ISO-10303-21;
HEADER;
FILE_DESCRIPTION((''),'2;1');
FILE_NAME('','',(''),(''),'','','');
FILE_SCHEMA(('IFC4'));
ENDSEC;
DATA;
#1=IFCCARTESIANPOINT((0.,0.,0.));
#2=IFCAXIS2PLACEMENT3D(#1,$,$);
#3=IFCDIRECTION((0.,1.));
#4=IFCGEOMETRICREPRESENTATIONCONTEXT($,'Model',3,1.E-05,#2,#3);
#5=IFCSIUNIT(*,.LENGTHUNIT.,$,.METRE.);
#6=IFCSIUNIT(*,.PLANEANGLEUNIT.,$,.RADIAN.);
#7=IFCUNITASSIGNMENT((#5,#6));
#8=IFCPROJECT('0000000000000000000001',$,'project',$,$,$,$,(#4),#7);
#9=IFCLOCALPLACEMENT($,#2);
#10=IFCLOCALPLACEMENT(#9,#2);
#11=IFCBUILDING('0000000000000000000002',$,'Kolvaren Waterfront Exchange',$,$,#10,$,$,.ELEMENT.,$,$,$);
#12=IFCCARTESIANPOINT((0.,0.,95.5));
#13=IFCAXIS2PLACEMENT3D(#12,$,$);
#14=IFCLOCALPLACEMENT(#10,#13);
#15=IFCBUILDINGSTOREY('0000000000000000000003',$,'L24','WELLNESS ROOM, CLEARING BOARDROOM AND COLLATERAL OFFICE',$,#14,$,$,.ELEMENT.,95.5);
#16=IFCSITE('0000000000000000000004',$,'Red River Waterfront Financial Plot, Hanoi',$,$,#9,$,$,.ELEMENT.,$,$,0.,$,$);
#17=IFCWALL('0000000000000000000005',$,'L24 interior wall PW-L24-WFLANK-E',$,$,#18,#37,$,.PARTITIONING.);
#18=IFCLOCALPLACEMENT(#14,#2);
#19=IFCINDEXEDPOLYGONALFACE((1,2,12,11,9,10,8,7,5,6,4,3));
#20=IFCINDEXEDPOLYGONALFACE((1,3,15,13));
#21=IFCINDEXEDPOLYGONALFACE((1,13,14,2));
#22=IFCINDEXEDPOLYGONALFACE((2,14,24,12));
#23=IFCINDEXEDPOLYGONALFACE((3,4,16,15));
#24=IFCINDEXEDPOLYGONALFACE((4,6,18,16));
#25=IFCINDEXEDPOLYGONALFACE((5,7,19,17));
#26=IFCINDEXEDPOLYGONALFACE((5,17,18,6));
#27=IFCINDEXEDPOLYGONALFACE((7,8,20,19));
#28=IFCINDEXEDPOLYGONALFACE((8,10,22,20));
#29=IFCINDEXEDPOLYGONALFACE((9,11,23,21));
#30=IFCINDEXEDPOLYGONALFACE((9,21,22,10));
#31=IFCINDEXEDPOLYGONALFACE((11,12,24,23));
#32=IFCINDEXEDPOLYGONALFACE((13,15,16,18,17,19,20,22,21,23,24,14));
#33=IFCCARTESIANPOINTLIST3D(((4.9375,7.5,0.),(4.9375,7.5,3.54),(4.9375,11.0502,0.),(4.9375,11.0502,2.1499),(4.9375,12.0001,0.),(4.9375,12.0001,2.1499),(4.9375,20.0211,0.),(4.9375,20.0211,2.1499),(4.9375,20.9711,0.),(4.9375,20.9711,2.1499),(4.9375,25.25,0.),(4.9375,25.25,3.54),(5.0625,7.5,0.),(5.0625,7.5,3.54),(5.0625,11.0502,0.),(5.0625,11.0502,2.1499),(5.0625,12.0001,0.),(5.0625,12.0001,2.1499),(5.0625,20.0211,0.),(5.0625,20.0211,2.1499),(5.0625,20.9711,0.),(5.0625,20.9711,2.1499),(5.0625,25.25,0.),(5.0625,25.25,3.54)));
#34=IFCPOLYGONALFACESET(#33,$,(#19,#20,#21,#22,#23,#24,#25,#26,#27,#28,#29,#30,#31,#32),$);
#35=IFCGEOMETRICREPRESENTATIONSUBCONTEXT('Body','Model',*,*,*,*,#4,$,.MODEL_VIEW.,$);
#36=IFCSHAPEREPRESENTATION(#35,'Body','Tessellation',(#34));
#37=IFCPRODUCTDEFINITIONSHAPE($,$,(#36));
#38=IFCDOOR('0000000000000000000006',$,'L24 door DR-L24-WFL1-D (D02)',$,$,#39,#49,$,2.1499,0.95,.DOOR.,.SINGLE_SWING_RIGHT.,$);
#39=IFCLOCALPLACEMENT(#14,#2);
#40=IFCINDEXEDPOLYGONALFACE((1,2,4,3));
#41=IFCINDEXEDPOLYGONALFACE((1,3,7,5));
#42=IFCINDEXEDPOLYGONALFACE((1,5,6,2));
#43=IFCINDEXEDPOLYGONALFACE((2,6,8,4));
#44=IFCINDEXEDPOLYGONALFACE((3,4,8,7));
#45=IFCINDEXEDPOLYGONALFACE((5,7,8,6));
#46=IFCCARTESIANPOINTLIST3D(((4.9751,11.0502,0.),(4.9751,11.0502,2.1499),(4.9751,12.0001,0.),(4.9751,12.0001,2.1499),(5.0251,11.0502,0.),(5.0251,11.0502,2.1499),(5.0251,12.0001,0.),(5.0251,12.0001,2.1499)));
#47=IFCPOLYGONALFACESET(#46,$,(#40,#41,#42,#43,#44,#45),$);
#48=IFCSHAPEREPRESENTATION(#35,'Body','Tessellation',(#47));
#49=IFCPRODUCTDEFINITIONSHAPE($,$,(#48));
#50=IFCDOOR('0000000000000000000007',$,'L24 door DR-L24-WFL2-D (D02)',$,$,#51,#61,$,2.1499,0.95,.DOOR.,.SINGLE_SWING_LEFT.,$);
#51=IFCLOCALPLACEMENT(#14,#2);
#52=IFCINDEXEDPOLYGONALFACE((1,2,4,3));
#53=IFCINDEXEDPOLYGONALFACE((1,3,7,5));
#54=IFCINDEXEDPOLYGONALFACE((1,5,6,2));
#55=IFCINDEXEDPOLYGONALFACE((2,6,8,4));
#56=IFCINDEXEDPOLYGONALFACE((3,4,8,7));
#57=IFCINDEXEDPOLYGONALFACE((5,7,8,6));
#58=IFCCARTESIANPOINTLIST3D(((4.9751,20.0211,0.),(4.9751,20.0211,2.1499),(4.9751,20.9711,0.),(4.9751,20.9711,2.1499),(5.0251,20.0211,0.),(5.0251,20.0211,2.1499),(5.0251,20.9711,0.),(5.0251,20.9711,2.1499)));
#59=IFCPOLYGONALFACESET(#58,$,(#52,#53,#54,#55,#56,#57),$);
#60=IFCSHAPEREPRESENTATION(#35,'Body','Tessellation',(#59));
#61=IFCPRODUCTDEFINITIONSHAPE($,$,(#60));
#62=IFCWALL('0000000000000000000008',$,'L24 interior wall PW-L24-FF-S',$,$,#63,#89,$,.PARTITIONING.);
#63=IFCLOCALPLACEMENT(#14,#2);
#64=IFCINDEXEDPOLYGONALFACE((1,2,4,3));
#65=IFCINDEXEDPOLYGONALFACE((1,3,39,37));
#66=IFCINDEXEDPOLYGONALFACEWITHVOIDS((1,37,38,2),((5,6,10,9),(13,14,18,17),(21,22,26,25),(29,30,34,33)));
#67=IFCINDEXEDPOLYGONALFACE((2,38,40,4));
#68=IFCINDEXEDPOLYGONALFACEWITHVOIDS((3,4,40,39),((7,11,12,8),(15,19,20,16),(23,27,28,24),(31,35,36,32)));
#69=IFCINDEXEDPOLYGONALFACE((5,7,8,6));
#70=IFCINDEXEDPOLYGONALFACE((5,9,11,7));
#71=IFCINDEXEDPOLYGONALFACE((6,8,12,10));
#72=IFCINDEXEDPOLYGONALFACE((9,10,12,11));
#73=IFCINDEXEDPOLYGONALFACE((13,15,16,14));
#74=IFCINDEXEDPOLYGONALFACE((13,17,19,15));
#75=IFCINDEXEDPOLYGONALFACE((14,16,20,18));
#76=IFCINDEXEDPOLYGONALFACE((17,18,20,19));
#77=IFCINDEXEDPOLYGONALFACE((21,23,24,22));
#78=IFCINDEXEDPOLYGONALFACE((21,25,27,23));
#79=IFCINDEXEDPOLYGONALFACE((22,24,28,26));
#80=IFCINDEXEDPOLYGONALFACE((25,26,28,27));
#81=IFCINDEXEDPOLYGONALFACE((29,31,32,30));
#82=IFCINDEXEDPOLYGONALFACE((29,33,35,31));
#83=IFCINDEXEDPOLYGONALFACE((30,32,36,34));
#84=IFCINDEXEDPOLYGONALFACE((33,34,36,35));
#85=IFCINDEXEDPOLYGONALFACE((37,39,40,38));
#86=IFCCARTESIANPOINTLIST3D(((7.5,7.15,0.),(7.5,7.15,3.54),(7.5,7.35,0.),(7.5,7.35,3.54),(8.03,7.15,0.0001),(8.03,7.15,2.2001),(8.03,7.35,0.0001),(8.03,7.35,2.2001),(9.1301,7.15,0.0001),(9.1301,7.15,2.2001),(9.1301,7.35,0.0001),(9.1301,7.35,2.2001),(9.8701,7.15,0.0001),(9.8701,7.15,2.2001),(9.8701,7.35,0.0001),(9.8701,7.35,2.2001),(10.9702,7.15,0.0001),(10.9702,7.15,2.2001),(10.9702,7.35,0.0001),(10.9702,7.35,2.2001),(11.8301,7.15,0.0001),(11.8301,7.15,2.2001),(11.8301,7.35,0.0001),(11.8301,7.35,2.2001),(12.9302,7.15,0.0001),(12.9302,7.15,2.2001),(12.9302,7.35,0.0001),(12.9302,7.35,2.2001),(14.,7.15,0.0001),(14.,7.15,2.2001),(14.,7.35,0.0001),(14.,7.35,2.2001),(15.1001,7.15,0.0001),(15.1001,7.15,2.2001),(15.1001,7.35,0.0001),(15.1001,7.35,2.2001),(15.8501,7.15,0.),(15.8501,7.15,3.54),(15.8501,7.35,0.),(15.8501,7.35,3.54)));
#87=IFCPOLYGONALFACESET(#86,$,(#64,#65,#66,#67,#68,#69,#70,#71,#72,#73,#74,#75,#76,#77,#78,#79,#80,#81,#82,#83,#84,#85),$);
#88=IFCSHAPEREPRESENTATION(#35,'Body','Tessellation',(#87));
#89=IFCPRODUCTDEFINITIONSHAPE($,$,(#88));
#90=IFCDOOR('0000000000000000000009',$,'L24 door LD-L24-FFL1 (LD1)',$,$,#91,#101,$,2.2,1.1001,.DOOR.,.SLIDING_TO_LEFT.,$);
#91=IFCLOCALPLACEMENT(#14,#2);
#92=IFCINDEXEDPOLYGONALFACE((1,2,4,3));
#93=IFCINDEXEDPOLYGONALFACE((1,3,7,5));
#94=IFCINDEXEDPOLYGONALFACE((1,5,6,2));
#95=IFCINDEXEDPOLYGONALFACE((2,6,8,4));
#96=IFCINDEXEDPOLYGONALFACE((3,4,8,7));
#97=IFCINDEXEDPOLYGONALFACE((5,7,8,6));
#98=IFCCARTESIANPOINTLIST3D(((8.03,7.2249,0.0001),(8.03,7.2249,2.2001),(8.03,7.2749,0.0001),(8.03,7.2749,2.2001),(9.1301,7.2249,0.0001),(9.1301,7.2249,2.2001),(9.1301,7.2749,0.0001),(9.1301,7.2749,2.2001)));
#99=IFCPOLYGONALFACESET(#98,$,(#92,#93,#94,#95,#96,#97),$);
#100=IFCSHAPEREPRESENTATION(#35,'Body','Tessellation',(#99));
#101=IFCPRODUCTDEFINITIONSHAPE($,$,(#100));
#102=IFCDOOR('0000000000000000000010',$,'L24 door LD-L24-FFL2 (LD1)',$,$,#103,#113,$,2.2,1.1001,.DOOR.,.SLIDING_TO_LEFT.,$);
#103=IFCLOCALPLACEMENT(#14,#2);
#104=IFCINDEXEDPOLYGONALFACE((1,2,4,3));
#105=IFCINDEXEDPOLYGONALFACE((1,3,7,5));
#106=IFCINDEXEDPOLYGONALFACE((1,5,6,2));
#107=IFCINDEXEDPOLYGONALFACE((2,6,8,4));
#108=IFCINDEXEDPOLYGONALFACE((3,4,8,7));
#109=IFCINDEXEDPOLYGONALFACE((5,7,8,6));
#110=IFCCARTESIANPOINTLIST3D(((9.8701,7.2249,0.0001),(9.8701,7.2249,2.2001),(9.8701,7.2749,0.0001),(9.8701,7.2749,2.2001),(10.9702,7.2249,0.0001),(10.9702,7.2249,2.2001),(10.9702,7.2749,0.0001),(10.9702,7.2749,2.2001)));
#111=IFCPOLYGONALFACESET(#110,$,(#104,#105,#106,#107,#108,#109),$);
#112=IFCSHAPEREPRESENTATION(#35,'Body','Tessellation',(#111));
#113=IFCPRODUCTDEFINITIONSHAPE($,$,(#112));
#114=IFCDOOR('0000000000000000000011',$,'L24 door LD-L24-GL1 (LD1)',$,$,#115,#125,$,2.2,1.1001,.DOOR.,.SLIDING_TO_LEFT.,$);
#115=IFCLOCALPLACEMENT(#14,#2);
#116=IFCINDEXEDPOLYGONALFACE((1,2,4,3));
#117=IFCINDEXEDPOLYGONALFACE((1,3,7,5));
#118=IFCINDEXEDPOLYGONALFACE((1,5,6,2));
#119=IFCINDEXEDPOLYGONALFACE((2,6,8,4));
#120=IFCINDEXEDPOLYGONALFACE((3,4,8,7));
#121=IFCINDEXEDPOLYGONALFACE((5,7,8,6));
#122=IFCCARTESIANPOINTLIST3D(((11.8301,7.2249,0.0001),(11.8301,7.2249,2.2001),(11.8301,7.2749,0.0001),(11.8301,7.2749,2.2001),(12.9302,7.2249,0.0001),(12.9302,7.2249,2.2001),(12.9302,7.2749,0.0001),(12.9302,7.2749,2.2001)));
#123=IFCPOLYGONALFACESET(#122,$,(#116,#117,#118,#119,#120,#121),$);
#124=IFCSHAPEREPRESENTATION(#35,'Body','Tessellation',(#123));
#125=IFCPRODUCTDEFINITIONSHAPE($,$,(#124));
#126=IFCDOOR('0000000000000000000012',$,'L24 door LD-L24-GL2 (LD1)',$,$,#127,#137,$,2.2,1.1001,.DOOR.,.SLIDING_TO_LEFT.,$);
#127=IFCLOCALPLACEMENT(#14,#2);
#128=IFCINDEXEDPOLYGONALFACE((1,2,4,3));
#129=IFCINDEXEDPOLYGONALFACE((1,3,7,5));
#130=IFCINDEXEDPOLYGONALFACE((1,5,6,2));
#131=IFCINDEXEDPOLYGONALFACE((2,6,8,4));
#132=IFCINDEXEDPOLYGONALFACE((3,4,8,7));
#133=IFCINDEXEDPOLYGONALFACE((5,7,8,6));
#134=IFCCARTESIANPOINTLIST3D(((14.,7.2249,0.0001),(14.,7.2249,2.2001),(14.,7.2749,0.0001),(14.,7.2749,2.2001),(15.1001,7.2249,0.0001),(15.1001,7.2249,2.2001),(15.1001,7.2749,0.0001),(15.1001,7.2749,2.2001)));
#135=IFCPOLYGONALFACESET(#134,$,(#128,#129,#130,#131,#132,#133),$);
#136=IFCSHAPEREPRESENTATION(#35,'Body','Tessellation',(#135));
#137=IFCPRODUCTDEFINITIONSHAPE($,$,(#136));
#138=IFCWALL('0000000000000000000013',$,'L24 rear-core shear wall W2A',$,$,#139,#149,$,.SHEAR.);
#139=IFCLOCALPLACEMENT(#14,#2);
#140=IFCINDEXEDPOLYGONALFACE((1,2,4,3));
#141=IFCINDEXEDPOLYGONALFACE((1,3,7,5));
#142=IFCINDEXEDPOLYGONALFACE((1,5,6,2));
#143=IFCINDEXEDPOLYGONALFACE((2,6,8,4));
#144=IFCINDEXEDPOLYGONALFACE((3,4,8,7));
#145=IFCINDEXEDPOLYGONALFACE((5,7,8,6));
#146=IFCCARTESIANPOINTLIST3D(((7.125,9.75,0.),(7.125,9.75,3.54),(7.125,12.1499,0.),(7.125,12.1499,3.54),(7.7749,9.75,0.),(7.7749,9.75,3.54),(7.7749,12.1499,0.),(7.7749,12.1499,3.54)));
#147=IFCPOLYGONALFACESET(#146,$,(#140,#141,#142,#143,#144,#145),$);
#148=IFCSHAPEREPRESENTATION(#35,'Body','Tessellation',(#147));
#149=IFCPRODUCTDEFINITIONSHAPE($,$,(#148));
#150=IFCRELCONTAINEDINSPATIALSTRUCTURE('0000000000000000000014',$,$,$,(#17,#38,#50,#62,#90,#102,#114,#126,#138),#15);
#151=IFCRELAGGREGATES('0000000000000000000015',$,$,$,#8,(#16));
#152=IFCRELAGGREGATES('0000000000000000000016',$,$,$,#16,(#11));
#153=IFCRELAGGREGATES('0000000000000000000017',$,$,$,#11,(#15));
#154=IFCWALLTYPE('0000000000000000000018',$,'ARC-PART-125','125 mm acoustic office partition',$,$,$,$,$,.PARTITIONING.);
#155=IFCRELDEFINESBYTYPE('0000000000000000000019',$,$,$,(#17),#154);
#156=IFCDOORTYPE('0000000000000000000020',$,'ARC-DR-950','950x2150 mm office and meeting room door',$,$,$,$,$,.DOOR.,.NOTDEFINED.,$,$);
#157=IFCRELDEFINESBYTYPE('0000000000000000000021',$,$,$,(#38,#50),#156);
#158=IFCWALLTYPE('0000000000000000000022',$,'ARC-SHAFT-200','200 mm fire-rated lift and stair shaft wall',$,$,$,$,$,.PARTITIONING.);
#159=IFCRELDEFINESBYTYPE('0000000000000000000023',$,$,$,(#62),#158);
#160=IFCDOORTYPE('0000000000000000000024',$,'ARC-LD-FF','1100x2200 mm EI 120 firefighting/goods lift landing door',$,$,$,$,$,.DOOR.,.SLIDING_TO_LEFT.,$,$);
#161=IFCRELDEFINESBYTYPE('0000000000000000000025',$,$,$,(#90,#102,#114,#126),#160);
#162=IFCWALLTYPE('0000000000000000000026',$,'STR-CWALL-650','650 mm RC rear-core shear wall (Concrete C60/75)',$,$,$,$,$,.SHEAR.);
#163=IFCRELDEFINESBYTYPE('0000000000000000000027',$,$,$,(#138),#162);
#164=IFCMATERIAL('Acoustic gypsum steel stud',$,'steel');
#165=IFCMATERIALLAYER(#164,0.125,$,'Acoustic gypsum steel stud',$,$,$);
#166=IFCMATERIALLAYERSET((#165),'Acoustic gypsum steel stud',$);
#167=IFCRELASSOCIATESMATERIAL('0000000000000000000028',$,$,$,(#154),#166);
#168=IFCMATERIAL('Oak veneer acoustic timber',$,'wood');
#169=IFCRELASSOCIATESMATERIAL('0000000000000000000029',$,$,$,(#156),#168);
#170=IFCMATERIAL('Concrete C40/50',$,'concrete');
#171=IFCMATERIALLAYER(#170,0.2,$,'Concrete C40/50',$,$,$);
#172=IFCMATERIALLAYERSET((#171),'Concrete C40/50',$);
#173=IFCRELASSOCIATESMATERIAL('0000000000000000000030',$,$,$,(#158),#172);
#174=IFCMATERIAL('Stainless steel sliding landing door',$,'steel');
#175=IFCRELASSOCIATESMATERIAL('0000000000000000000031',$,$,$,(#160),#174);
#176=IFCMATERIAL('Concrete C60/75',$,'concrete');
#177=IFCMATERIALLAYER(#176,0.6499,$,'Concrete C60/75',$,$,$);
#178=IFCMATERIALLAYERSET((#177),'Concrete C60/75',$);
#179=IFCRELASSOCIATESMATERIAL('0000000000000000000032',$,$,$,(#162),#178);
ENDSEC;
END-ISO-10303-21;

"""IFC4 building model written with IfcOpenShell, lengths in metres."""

from ifc_helpers import new_model, si_unit, direction, frame, frame_2d, origin, place, context, subcontext, project, spatial, rectangle, extrude, material, layer, layer_set, type_object, element, fill, save


model = new_model("IFC4")

# Units and contexts
model_context = context("Model", 3, precision=1e-05, world=origin(), true_north=direction((0.0, 1.0)))
body_context = subcontext(model_context, "Body", "Model", "MODEL_VIEW")
ifc_project = project(units=[si_unit("LENGTHUNIT", "METRE"), si_unit("PLANEANGLEUNIT", "RADIAN")], contexts=[model_context])

# Site, building, storey
site_placement = place(None, origin())
site = spatial("IfcSite", under=ifc_project, at=site_placement, Name="Red River Waterfront Financial Plot, Hanoi", CompositionType="ELEMENT", RefElevation=0.0)
building_placement = place(site_placement, origin())
building = spatial("IfcBuilding", under=site, at=building_placement, Name="Kolvaren Waterfront Exchange", CompositionType="ELEMENT")
storey_placement = place(building_placement, frame((0.0, 0.0, 95.5)))
storey = spatial("IfcBuildingStorey", under=building, at=storey_placement, Name="L24", Description="WELLNESS ROOM, CLEARING BOARDROOM AND COLLATERAL OFFICE", CompositionType="ELEMENT", Elevation=95.5)

# Shared definitions
ifc_material_1 = material(Name="Concrete C60/75", Category="concrete")

# Shared definitions
ifc_material_2 = material(Name="Acoustic gypsum steel stud", Category="steel")
ifc_layer_1 = layer(ifc_material_2, 0.125, Name="Acoustic gypsum steel stud")
ifc_layer_set_1 = layer_set([ifc_layer_1], Name="Acoustic gypsum steel stud")
wall_type_1 = type_object("IfcWallType", Name="ARC-PART-125", Description="125 mm acoustic office partition", PredefinedType="PARTITIONING", material=ifc_layer_set_1)

# Walls, openings, doors
wall_1_placement = place(storey_placement, frame((5.0, 7.5, 0.0), z_axis=(0.0, 0.0, 1.0), x_axis=(0.0, 1.0, 0.0)))
wall_1 = element("IfcWall", 1, at=wall_1_placement, inside=storey, type_object=wall_type_1, Name="L24 interior wall PW-L24-WFLANK-E", PredefinedType="PARTITIONING", context=body_context, shape_type="SweptSolid", body=[
    extrude(rectangle(XDim=17.75, YDim=0.125, at=frame_2d((8.875, 0.0))), origin(), (0.0, 0.0, 1.0), 3.54),
])
opening_1_placement = place(wall_1_placement, frame((3.55, 0.0, 0.0)))
opening_1 = element("IfcOpeningElement", 2, at=opening_1_placement, cuts=wall_1, PredefinedType="OPENING", context=body_context, shape_type="SweptSolid", body=[
    extrude(rectangle(XDim=0.95, YDim=2.1499, at=frame_2d((0.4751, 1.075))), frame((0.0, 0.0725, 0.0), z_axis=(0.0, -1.0, 0.0), x_axis=(1.0, 0.0, 0.0)), (0.0, 0.0, 1.0), 0.145),
])
opening_2_placement = place(wall_1_placement, frame((12.521, 0.0, 0.0)))
opening_2 = element("IfcOpeningElement", 3, at=opening_2_placement, cuts=wall_1, PredefinedType="OPENING", context=body_context, shape_type="SweptSolid", body=[
    extrude(rectangle(XDim=0.95, YDim=2.1499, at=frame_2d((0.4751, 1.075))), frame((0.0, 0.0725, 0.0), z_axis=(0.0, -1.0, 0.0), x_axis=(1.0, 0.0, 0.0)), (0.0, 0.0, 1.0), 0.145),
])
ifc_material_3 = material(Name="Oak veneer acoustic timber", Category="wood")
door_type_1 = type_object("IfcDoorType", Name="ARC-DR-950", Description="950x2150 mm office and meeting room door", OperationType="NOTDEFINED", PredefinedType="DOOR", material=ifc_material_3)
door_1_placement = place(opening_1_placement, origin())
door_1 = element("IfcDoor", 4, at=door_1_placement, inside=storey, type_object=door_type_1, Name="L24 door DR-L24-WFL1-D (D02)", OperationType="SINGLE_SWING_RIGHT", OverallHeight=2.1499, OverallWidth=0.95, PredefinedType="DOOR", context=body_context, shape_type="SweptSolid", body=[
    extrude(rectangle(XDim=0.95, YDim=2.1499, at=frame_2d((0.4751, 1.075))), frame((0.0, 0.0249, 0.0), z_axis=(0.0, -1.0, 0.0), x_axis=(1.0, 0.0, 0.0)), (0.0, 0.0, 1.0), 0.05),
])
fill(opening_1, door_1)
door_2_placement = place(opening_2_placement, origin())
door_2 = element("IfcDoor", 5, at=door_2_placement, inside=storey, type_object=door_type_1, Name="L24 door DR-L24-WFL2-D (D02)", OperationType="SINGLE_SWING_LEFT", OverallHeight=2.1499, OverallWidth=0.95, PredefinedType="DOOR", context=body_context, shape_type="SweptSolid", body=[
    extrude(rectangle(XDim=0.95, YDim=2.1499, at=frame_2d((0.4751, 1.075))), frame((0.0, 0.0249, 0.0), z_axis=(0.0, -1.0, 0.0), x_axis=(1.0, 0.0, 0.0)), (0.0, 0.0, 1.0), 0.05),
])
fill(opening_2, door_2)
ifc_material_4 = material(Name="Concrete C40/50", Category="concrete")
ifc_layer_2 = layer(ifc_material_4, 0.2, Name="Concrete C40/50")
ifc_layer_set_2 = layer_set([ifc_layer_2], Name="Concrete C40/50")
wall_type_2 = type_object("IfcWallType", Name="ARC-SHAFT-200", Description="200 mm fire-rated lift and stair shaft wall", PredefinedType="PARTITIONING", material=ifc_layer_set_2)
wall_2_placement = place(storey_placement, frame((7.5, 7.25, 0.0), z_axis=(0.0, 0.0, 1.0), x_axis=(1.0, 0.0, 0.0)))
wall_2 = element("IfcWall", 6, at=wall_2_placement, inside=storey, type_object=wall_type_2, Name="L24 interior wall PW-L24-FF-S", PredefinedType="PARTITIONING", context=body_context, shape_type="SweptSolid", body=[
    extrude(rectangle(XDim=8.3501, YDim=0.2, at=frame_2d((4.175, 0.0))), origin(), (0.0, 0.0, 1.0), 3.54),
])
opening_3_placement = place(wall_2_placement, frame((0.53, 0.0, 0.0)))
opening_3 = element("IfcOpeningElement", 7, at=opening_3_placement, cuts=wall_2, PredefinedType="OPENING", context=body_context, shape_type="SweptSolid", body=[
    extrude(rectangle(XDim=1.1001, YDim=2.2, at=frame_2d((0.55, 1.1001))), frame((0.0, 0.1099, 0.0), z_axis=(0.0, -1.0, 0.0), x_axis=(1.0, 0.0, 0.0)), (0.0, 0.0, 1.0), 0.22),
])
opening_4_placement = place(wall_2_placement, frame((2.3701, 0.0, 0.0)))
opening_4 = element("IfcOpeningElement", 8, at=opening_4_placement, cuts=wall_2, PredefinedType="OPENING", context=body_context, shape_type="SweptSolid", body=[
    extrude(rectangle(XDim=1.1001, YDim=2.2, at=frame_2d((0.55, 1.1001))), frame((0.0, 0.1099, 0.0), z_axis=(0.0, -1.0, 0.0), x_axis=(1.0, 0.0, 0.0)), (0.0, 0.0, 1.0), 0.22),
])
opening_5_placement = place(wall_2_placement, frame((4.3301, 0.0, 0.0)))
opening_5 = element("IfcOpeningElement", 9, at=opening_5_placement, cuts=wall_2, PredefinedType="OPENING", context=body_context, shape_type="SweptSolid", body=[
    extrude(rectangle(XDim=1.1001, YDim=2.2, at=frame_2d((0.55, 1.1001))), frame((0.0, 0.1099, 0.0), z_axis=(0.0, -1.0, 0.0), x_axis=(1.0, 0.0, 0.0)), (0.0, 0.0, 1.0), 0.22),
])
opening_6_placement = place(wall_2_placement, frame((6.5, 0.0, 0.0)))
opening_6 = element("IfcOpeningElement", 10, at=opening_6_placement, cuts=wall_2, PredefinedType="OPENING", context=body_context, shape_type="SweptSolid", body=[
    extrude(rectangle(XDim=1.1001, YDim=2.2, at=frame_2d((0.55, 1.1001))), frame((0.0, 0.1099, 0.0), z_axis=(0.0, -1.0, 0.0), x_axis=(1.0, 0.0, 0.0)), (0.0, 0.0, 1.0), 0.22),
])
ifc_material_5 = material(Name="Stainless steel sliding landing door", Category="steel")
door_type_2 = type_object("IfcDoorType", Name="ARC-LD-FF", Description="1100x2200 mm EI 120 firefighting/goods lift landing door", OperationType="SLIDING_TO_LEFT", PredefinedType="DOOR", material=ifc_material_5)
door_3_placement = place(opening_3_placement, origin())
door_3 = element("IfcDoor", 11, at=door_3_placement, inside=storey, type_object=door_type_2, Name="L24 door LD-L24-FFL1 (LD1)", OperationType="SLIDING_TO_LEFT", OverallHeight=2.2, OverallWidth=1.1001, PredefinedType="DOOR", context=body_context, shape_type="SweptSolid", body=[
    extrude(rectangle(XDim=1.1001, YDim=2.2, at=frame_2d((0.55, 1.1001))), frame((0.0, 0.0249, 0.0), z_axis=(0.0, -1.0, 0.0), x_axis=(1.0, 0.0, 0.0)), (0.0, 0.0, 1.0), 0.05),
])
fill(opening_3, door_3)
door_4_placement = place(opening_4_placement, origin())
door_4 = element("IfcDoor", 12, at=door_4_placement, inside=storey, type_object=door_type_2, Name="L24 door LD-L24-FFL2 (LD1)", OperationType="SLIDING_TO_LEFT", OverallHeight=2.2, OverallWidth=1.1001, PredefinedType="DOOR", context=body_context, shape_type="SweptSolid", body=[
    extrude(rectangle(XDim=1.1001, YDim=2.2, at=frame_2d((0.55, 1.1001))), frame((0.0, 0.0249, 0.0), z_axis=(0.0, -1.0, 0.0), x_axis=(1.0, 0.0, 0.0)), (0.0, 0.0, 1.0), 0.05),
])
fill(opening_4, door_4)
door_5_placement = place(opening_5_placement, origin())
door_5 = element("IfcDoor", 13, at=door_5_placement, inside=storey, type_object=door_type_2, Name="L24 door LD-L24-GL1 (LD1)", OperationType="SLIDING_TO_LEFT", OverallHeight=2.2, OverallWidth=1.1001, PredefinedType="DOOR", context=body_context, shape_type="SweptSolid", body=[
    extrude(rectangle(XDim=1.1001, YDim=2.2, at=frame_2d((0.55, 1.1001))), frame((0.0, 0.0249, 0.0), z_axis=(0.0, -1.0, 0.0), x_axis=(1.0, 0.0, 0.0)), (0.0, 0.0, 1.0), 0.05),
])
fill(opening_5, door_5)
door_6_placement = place(opening_6_placement, origin())
door_6 = element("IfcDoor", 14, at=door_6_placement, inside=storey, type_object=door_type_2, Name="L24 door LD-L24-GL2 (LD1)", OperationType="SLIDING_TO_LEFT", OverallHeight=2.2, OverallWidth=1.1001, PredefinedType="DOOR", context=body_context, shape_type="SweptSolid", body=[
    extrude(rectangle(XDim=1.1001, YDim=2.2, at=frame_2d((0.55, 1.1001))), frame((0.0, 0.0249, 0.0), z_axis=(0.0, -1.0, 0.0), x_axis=(1.0, 0.0, 0.0)), (0.0, 0.0, 1.0), 0.05),
])
fill(opening_6, door_6)

# Wall
ifc_layer_3 = layer(ifc_material_1, 0.6499, Name="Concrete C60/75")
ifc_layer_set_3 = layer_set([ifc_layer_3], Name="Concrete C60/75")
wall_type_3 = type_object("IfcWallType", Name="STR-CWALL-650", Description="650 mm RC rear-core shear wall (Concrete C60/75)", PredefinedType="SHEAR", material=ifc_layer_set_3)
wall_3_placement = place(storey_placement, frame((7.45, 9.75, 0.0), z_axis=(0.0, 0.0, 1.0), x_axis=(0.0, 1.0, 0.0)))
element("IfcWall", 15, at=wall_3_placement, inside=storey, type_object=wall_type_3, Name="L24 rear-core shear wall W2A", PredefinedType="SHEAR", context=body_context, shape_type="SweptSolid", body=[
    extrude(rectangle(XDim=2.3999, YDim=0.6499, at=frame_2d((1.2, 0.0))), origin(), (0.0, 0.0, 1.0), 3.54),
])

save(model, "model.ifc")
